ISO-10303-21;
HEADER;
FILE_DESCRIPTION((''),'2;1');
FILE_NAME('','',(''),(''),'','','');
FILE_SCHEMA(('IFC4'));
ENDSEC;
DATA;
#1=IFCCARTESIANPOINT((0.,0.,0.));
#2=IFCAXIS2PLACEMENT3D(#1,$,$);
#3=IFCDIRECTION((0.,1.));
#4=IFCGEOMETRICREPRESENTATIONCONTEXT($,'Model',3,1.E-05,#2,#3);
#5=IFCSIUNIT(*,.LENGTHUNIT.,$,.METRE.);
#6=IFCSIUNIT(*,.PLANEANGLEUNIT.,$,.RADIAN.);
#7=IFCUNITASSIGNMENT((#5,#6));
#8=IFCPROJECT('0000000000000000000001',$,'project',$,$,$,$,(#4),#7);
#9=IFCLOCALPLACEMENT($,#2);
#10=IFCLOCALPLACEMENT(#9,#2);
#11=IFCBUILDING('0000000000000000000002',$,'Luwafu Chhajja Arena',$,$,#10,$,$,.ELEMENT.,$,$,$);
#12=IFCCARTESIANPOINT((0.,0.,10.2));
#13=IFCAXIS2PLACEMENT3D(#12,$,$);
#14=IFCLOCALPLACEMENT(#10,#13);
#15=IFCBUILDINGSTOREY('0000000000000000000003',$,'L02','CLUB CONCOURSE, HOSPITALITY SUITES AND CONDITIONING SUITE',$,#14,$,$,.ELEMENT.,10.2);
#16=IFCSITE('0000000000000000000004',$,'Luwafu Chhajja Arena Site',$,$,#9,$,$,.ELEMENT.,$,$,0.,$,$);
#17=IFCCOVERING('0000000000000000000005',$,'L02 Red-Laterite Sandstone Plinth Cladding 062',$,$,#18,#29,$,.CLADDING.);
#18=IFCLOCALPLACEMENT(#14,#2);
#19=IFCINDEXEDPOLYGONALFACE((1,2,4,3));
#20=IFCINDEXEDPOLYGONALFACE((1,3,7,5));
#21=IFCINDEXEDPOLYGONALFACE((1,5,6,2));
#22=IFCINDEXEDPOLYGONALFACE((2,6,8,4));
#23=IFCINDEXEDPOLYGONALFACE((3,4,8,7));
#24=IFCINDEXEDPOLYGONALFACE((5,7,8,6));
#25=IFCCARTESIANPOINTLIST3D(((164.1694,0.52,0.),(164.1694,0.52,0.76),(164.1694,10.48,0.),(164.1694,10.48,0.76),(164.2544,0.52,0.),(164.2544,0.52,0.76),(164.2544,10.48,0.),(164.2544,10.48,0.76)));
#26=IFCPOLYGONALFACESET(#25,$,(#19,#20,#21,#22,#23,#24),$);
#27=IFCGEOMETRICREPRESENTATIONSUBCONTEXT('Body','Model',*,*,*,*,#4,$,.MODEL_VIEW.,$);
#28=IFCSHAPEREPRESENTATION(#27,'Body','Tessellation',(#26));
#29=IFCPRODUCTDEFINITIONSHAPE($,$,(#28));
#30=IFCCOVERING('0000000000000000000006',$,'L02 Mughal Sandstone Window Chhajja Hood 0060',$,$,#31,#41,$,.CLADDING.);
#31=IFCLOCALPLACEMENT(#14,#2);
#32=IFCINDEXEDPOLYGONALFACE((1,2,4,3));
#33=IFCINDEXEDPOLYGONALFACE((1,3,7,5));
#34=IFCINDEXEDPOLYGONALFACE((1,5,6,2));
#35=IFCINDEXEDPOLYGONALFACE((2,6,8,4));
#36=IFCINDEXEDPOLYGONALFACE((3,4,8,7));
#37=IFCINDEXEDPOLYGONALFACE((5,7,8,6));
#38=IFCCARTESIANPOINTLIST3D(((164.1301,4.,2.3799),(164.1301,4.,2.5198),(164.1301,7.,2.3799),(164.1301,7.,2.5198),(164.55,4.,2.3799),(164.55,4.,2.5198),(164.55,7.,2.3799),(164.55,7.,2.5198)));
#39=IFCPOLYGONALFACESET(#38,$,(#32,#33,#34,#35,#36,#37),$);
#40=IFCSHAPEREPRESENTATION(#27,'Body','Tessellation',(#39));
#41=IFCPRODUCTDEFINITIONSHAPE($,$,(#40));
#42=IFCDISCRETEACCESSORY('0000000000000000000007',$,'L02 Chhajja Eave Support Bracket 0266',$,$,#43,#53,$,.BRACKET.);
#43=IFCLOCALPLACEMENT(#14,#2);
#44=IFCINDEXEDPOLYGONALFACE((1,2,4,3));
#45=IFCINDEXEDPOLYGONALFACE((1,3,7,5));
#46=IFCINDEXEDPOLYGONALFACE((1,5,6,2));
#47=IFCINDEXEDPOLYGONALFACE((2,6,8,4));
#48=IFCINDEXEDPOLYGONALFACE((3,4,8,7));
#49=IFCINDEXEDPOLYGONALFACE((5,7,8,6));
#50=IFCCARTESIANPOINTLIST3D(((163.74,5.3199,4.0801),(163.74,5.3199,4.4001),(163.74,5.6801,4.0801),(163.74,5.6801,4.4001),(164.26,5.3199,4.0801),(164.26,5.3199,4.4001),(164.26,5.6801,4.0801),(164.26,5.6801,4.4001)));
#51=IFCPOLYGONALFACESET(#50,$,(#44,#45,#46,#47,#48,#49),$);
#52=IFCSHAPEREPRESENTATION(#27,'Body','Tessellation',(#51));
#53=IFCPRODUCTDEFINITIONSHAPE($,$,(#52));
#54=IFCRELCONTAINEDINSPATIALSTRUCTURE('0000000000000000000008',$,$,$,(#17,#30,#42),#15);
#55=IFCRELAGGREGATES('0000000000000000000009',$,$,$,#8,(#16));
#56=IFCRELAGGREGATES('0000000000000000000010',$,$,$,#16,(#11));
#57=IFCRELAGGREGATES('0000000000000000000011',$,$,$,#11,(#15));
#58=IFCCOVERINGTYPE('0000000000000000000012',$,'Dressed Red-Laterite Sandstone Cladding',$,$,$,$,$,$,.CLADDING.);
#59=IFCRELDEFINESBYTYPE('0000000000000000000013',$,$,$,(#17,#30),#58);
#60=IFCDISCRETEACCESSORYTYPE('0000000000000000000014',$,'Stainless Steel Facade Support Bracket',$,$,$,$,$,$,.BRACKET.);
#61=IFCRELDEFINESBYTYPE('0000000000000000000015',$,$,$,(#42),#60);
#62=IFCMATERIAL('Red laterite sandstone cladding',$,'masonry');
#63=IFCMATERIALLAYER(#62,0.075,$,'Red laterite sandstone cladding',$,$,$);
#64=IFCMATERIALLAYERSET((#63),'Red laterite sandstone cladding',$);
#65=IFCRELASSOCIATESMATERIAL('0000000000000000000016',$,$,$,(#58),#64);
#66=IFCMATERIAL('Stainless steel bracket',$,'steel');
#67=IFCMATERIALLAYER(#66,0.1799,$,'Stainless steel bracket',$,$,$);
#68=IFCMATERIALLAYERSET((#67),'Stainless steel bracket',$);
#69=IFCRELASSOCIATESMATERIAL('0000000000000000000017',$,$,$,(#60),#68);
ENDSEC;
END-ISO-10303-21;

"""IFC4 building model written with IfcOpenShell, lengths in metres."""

from ifc_helpers import new_model, si_unit, direction, frame, origin, origin_2d, place, context, subcontext, project, spatial, rectangle, extrude, material, layer, layer_set, type_object, element, save


model = new_model("IFC4")

# Units and contexts
model_context = context("Model", 3, precision=1e-05, world=origin(), true_north=direction((0.0, 1.0)))
body_context = subcontext(model_context, "Body", "Model", "MODEL_VIEW")
ifc_project = project(units=[si_unit("LENGTHUNIT", "METRE"), si_unit("PLANEANGLEUNIT", "RADIAN")], contexts=[model_context])

# Site, building, storey
site_placement = place(None, origin())
site = spatial("IfcSite", under=ifc_project, at=site_placement, Name="Luwafu Chhajja Arena Site", CompositionType="ELEMENT", RefElevation=0.0)
building_placement = place(site_placement, origin())
building = spatial("IfcBuilding", under=site, at=building_placement, Name="Luwafu Chhajja Arena", CompositionType="ELEMENT")
storey_placement = place(building_placement, frame((0.0, 0.0, 10.2)))
storey = spatial("IfcBuildingStorey", under=building, at=storey_placement, Name="L02", Description="CLUB CONCOURSE, HOSPITALITY SUITES AND CONDITIONING SUITE", CompositionType="ELEMENT", Elevation=10.2)

# Coverings
ifc_material_1 = material(Name="Red laterite sandstone cladding", Category="masonry")
ifc_layer_1 = layer(ifc_material_1, 0.075, Name="Red laterite sandstone cladding")
ifc_layer_set_1 = layer_set([ifc_layer_1], Name="Red laterite sandstone cladding")
covering_type = type_object("IfcCoveringType", Name="Dressed Red-Laterite Sandstone Cladding", PredefinedType="CLADDING", material=ifc_layer_set_1)
covering_1_placement = place(storey_placement, frame((164.2119, 5.5, 0.0), z_axis=(0.0, 0.0, 1.0), x_axis=(0.0, 1.0, 0.0)))
element("IfcCovering", 1, at=covering_1_placement, inside=storey, type_object=covering_type, Name="L02 Red-Laterite Sandstone Plinth Cladding 062", PredefinedType="CLADDING", context=body_context, shape_type="SweptSolid", body=[
    extrude(rectangle(XDim=9.96, YDim=0.085, at=origin_2d()), origin(), (0.0, 0.0, 1.0), 0.76),
])
covering_2_placement = place(storey_placement, frame((164.3401, 5.5, 2.3799), z_axis=(0.0, 0.0, 1.0), x_axis=(0.0, 1.0, 0.0)))
element("IfcCovering", 2, at=covering_2_placement, inside=storey, type_object=covering_type, Name="L02 Mughal Sandstone Window Chhajja Hood 0060", PredefinedType="CLADDING", context=body_context, shape_type="SweptSolid", body=[
    extrude(rectangle(XDim=3.0, YDim=0.4199, at=origin_2d()), origin(), (0.0, 0.0, 1.0), 0.1399),
])

# Discrete accessory
ifc_material_2 = material(Name="Stainless steel bracket", Category="steel")
ifc_layer_2 = layer(ifc_material_2, 0.1799, Name="Stainless steel bracket")
ifc_layer_set_2 = layer_set([ifc_layer_2], Name="Stainless steel bracket")
discrete_accessory_type = type_object("IfcDiscreteAccessoryType", Name="Stainless Steel Facade Support Bracket", PredefinedType="BRACKET", material=ifc_layer_set_2)
discrete_accessory_placement = place(storey_placement, frame((164.0, 5.5, 4.0801), z_axis=(0.0, 0.0, 1.0), x_axis=(0.0, 1.0, 0.0)))
element("IfcDiscreteAccessory", 3, at=discrete_accessory_placement, inside=storey, type_object=discrete_accessory_type, Name="L02 Chhajja Eave Support Bracket 0266", PredefinedType="BRACKET", context=body_context, shape_type="SweptSolid", body=[
    extrude(rectangle(XDim=0.3601, YDim=0.52, at=origin_2d()), origin(), (0.0, 0.0, 1.0), 0.3201),
])

save(model, "model.ifc")
